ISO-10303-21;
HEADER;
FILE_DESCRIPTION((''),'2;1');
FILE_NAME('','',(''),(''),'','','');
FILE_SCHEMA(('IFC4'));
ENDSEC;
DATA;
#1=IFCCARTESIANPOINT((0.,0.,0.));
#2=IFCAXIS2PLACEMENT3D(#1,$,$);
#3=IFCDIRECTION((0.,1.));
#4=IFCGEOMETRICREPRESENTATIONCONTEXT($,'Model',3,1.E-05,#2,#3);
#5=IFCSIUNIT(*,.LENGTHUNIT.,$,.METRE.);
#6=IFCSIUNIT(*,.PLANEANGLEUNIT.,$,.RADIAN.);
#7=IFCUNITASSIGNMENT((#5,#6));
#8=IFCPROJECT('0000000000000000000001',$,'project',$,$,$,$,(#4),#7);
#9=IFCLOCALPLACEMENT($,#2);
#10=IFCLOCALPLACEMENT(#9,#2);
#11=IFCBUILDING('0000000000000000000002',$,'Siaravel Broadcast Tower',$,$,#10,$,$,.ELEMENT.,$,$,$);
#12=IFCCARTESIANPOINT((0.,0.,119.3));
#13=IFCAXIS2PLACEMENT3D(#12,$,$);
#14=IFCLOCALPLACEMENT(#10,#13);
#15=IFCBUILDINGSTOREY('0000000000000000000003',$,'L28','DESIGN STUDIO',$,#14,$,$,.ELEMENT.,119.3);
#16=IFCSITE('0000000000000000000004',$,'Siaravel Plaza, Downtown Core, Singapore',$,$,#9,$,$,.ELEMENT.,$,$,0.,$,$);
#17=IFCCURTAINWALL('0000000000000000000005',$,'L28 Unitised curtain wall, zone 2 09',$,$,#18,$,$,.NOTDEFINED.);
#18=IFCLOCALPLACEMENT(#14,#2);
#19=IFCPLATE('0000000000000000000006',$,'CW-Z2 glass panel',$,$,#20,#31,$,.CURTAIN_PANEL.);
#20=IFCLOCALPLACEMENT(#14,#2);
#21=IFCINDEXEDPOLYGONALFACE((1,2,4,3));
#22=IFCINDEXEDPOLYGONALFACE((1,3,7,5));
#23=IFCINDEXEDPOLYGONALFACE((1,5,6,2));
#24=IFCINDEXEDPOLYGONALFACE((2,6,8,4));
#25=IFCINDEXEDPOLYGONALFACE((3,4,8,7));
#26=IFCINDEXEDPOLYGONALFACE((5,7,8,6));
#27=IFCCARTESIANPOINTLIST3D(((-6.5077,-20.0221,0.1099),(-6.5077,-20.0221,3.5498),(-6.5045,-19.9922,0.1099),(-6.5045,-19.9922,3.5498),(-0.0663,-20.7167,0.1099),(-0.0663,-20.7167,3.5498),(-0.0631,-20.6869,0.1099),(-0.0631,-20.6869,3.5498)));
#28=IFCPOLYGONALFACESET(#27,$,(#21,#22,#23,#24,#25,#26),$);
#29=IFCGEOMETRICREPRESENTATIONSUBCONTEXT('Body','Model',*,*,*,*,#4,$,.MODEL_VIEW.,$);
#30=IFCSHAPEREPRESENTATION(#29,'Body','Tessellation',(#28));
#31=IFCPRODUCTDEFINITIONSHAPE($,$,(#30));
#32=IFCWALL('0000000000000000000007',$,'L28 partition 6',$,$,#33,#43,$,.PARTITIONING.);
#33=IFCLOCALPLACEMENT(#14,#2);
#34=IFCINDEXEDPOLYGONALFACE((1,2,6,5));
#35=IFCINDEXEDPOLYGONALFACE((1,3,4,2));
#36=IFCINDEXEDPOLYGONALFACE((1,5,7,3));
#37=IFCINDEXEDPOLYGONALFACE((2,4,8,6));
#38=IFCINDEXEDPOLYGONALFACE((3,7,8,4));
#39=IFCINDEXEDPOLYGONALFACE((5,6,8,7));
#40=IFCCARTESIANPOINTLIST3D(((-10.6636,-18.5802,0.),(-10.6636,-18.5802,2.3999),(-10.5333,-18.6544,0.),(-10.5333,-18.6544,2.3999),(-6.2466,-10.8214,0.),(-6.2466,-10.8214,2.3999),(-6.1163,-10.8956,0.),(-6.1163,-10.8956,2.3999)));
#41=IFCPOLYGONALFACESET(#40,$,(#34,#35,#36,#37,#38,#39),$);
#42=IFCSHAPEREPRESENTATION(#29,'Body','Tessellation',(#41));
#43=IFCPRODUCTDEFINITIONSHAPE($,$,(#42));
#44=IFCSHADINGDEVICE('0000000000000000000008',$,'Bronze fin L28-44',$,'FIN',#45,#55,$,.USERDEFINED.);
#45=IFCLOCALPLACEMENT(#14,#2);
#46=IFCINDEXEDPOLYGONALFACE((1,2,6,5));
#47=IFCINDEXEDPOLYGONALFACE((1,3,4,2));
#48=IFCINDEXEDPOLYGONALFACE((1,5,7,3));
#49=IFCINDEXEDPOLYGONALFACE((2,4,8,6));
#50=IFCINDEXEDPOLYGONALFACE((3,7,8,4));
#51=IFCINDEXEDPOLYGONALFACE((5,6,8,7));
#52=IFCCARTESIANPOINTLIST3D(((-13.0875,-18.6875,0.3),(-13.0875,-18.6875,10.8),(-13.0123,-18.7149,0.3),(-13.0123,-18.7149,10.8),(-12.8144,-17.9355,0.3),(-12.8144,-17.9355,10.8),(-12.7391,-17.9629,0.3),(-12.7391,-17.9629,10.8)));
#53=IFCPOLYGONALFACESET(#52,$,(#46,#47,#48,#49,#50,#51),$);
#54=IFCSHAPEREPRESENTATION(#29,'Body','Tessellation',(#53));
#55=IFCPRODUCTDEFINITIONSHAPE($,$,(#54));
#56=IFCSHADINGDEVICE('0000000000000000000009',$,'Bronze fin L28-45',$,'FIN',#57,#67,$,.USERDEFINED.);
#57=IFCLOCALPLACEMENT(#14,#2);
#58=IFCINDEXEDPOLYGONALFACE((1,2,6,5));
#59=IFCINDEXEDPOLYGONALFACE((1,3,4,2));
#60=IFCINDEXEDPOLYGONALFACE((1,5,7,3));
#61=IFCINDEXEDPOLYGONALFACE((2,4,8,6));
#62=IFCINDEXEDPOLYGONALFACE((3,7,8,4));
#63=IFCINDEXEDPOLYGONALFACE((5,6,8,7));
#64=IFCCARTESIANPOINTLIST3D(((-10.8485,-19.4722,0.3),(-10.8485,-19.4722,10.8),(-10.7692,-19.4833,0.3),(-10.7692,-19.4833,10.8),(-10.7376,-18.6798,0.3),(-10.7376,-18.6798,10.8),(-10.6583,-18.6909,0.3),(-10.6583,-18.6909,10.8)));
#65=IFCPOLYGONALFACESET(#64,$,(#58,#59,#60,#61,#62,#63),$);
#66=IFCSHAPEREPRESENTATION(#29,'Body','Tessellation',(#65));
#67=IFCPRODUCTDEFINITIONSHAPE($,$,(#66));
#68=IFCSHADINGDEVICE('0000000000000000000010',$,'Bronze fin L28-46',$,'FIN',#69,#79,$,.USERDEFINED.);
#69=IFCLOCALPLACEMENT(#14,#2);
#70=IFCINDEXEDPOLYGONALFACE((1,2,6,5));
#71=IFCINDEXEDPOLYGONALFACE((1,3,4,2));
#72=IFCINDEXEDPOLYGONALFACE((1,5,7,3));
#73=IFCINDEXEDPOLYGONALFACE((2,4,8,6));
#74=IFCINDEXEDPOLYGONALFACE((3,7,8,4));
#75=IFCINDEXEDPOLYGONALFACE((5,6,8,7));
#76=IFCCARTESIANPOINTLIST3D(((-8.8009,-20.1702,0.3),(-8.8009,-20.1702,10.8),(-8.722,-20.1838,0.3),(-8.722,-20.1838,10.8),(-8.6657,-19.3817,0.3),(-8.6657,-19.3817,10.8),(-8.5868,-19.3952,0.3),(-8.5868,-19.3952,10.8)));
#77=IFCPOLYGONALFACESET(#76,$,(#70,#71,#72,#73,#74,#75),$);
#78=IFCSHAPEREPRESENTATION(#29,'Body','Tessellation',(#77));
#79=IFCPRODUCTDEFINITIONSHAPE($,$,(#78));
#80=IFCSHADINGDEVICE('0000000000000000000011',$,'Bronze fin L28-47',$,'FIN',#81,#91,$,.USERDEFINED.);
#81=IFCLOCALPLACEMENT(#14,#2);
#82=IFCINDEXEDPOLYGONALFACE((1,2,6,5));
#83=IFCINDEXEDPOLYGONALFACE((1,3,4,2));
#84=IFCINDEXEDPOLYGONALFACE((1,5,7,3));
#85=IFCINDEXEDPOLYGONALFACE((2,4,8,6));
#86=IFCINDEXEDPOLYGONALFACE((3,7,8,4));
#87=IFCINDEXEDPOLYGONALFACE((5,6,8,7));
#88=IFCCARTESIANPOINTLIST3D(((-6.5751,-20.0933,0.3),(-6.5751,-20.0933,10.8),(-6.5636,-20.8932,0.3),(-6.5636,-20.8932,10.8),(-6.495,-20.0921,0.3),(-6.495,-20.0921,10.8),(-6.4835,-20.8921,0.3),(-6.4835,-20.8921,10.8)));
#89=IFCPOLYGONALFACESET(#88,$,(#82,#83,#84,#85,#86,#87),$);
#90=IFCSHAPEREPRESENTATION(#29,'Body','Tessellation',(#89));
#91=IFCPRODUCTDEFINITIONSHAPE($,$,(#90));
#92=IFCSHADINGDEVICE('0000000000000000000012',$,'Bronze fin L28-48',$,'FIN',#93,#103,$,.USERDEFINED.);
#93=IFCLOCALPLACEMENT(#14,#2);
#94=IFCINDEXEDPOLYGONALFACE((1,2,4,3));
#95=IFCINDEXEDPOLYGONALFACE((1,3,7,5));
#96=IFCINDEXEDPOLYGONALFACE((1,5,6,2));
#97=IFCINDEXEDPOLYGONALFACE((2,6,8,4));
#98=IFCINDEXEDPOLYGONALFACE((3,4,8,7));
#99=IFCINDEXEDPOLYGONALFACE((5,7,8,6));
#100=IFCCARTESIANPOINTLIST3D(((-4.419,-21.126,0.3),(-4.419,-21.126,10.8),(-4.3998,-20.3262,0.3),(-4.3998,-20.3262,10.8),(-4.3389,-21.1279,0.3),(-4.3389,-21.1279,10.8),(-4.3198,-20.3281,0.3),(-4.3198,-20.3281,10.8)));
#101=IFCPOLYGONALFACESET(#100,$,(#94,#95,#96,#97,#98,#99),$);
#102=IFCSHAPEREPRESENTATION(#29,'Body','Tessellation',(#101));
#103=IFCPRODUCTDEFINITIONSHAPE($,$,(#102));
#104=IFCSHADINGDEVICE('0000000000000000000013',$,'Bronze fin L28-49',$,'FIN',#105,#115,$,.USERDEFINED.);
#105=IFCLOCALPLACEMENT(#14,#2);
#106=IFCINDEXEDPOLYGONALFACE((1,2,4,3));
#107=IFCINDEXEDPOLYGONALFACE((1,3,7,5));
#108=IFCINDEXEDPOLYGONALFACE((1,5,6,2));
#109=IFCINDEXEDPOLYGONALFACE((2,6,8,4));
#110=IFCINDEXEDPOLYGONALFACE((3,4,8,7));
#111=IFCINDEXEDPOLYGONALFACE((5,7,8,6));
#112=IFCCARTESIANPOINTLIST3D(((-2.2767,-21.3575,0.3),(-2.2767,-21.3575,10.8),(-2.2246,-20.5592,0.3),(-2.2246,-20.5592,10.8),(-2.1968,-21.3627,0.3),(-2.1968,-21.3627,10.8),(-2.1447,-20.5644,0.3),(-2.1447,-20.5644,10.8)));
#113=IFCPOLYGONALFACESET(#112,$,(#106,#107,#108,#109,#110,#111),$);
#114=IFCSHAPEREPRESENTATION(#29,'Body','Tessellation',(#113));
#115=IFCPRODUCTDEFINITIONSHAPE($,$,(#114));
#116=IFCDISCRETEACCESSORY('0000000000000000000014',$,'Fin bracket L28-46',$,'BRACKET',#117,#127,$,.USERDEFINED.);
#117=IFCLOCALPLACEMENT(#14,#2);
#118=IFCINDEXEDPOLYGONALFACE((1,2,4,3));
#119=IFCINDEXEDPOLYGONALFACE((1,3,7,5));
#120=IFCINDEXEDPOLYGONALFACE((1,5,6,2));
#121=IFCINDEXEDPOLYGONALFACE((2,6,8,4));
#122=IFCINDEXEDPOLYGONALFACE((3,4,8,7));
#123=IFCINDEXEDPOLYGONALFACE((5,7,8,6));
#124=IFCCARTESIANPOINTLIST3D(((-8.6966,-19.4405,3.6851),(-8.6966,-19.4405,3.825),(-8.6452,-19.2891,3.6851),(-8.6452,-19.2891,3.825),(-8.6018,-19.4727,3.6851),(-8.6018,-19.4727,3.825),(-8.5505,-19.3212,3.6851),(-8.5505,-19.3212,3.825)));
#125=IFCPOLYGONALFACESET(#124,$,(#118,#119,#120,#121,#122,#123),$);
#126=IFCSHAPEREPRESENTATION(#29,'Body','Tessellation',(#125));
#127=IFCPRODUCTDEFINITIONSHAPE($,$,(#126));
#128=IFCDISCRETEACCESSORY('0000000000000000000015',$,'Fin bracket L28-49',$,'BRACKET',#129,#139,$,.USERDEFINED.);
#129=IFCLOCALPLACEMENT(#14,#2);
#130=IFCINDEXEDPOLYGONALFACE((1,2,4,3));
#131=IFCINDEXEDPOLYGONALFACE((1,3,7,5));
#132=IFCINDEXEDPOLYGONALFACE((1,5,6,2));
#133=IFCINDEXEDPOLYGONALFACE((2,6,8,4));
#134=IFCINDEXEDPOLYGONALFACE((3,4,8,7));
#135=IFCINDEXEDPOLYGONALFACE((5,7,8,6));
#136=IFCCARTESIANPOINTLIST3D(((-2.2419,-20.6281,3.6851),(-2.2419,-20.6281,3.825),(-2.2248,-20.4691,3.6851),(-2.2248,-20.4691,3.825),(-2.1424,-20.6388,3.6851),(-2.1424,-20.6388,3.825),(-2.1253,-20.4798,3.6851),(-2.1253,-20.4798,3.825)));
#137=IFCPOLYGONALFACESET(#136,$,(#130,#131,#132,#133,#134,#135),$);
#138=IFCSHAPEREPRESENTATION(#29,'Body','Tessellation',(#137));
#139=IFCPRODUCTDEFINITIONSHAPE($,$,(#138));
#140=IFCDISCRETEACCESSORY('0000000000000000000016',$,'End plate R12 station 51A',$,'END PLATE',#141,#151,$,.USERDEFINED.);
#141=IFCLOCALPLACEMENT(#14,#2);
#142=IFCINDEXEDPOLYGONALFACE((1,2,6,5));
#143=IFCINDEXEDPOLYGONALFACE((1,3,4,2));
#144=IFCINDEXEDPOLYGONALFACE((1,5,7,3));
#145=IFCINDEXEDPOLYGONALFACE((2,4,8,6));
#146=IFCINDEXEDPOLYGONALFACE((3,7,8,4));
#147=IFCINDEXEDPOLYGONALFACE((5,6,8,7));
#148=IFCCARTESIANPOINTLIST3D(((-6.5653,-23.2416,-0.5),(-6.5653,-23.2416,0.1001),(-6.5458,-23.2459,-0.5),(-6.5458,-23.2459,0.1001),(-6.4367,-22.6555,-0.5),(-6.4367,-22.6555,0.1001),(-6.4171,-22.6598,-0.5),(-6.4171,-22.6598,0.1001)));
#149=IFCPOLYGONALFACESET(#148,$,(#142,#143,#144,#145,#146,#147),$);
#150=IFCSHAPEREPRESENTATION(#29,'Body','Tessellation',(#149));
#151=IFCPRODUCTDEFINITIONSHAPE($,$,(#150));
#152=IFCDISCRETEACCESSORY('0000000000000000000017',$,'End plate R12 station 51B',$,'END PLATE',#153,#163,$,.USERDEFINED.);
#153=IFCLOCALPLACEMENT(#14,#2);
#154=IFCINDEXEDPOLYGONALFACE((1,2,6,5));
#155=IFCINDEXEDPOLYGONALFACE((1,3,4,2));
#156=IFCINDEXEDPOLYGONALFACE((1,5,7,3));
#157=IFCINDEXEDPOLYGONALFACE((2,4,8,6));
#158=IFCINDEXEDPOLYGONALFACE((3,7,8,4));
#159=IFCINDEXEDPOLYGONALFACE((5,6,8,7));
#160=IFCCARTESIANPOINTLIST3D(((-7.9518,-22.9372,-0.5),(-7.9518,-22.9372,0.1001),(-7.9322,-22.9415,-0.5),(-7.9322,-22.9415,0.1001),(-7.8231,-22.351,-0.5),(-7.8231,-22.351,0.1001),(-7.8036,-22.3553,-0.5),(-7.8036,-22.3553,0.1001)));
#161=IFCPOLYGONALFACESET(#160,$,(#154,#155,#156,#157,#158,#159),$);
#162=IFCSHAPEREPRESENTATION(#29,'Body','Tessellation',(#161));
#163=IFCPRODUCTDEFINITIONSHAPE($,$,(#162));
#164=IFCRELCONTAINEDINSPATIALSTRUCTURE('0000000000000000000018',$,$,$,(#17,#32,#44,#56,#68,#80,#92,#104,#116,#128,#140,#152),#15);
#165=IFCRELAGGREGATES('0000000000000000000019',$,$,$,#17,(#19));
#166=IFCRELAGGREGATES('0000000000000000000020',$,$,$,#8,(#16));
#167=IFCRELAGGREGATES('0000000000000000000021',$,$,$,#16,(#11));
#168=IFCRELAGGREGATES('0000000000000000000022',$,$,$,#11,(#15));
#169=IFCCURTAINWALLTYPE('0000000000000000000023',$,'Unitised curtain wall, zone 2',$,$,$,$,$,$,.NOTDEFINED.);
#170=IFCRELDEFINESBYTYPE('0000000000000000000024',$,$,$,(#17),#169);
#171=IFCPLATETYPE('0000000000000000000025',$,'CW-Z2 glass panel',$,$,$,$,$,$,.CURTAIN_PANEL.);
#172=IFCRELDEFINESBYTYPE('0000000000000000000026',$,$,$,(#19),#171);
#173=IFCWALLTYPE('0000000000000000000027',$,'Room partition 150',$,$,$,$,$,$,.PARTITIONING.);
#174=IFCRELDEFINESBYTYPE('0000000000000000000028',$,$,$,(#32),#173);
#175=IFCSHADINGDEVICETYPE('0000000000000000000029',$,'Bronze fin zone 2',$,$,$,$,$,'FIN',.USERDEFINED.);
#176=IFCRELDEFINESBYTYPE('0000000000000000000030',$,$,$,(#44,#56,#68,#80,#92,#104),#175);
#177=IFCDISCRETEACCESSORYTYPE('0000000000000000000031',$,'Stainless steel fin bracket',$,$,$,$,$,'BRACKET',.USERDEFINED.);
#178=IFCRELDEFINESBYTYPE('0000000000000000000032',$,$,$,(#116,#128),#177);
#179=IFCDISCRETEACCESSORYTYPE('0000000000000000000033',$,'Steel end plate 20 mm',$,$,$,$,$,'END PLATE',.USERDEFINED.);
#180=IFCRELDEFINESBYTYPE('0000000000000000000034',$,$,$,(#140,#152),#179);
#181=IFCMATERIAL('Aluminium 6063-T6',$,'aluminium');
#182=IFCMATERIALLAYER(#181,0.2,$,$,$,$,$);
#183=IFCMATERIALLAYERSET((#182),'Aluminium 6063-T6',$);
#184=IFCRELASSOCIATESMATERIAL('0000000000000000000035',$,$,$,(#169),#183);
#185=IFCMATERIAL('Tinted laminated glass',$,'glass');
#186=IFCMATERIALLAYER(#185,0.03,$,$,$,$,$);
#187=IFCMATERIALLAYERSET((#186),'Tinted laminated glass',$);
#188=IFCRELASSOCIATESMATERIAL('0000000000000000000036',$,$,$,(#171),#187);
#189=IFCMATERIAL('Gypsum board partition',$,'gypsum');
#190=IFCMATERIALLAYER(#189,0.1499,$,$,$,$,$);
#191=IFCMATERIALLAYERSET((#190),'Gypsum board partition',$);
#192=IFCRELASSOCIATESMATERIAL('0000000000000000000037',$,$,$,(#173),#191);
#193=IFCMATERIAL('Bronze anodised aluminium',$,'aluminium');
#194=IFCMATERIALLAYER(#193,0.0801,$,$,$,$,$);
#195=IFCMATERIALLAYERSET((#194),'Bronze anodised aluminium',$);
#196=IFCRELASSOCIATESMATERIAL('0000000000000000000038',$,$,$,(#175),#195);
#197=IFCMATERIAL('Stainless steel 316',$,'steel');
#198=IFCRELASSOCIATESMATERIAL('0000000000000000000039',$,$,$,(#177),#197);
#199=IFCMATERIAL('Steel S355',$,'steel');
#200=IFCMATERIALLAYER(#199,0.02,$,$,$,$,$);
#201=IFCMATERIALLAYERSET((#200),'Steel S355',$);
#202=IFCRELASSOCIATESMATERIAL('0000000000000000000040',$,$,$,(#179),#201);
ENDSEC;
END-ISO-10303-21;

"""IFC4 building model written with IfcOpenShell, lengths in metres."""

from ifc_helpers import new_model, si_unit, direction, frame, frame_2d, origin, origin_2d, place, context, subcontext, project, spatial, rectangle, extrude, material, layer, layer_set, type_object, element, aggregate, save


model = new_model("IFC4")

# Units and contexts
model_context = context("Model", 3, precision=1e-05, world=origin(), true_north=direction((0.0, 1.0)))
body_context = subcontext(model_context, "Body", "Model", "MODEL_VIEW")
ifc_project = project(units=[si_unit("LENGTHUNIT", "METRE"), si_unit("PLANEANGLEUNIT", "RADIAN")], contexts=[model_context])

# Site, building, storey
site_placement = place(None, origin())
site = spatial("IfcSite", under=ifc_project, at=site_placement, Name="Siaravel Plaza, Downtown Core, Singapore", CompositionType="ELEMENT", RefElevation=0.0)
building_placement = place(site_placement, origin())
building = spatial("IfcBuilding", under=site, at=building_placement, Name="Siaravel Broadcast Tower", CompositionType="ELEMENT")
storey_placement = place(building_placement, frame((0.0, 0.0, 119.3)))
storey = spatial("IfcBuildingStorey", under=building, at=storey_placement, Name="L28", Description="DESIGN STUDIO", CompositionType="ELEMENT", Elevation=119.3)

# Shared definitions
ifc_material_1 = material(Name="Steel S355", Category="steel")

# Shared definitions
ifc_material_2 = material(Name="Aluminium 6063-T6", Category="aluminium")
ifc_layer_1 = layer(ifc_material_2, 0.2)
ifc_layer_set_1 = layer_set([ifc_layer_1], Name="Aluminium 6063-T6")
curtain_wall_type = type_object("IfcCurtainWallType", Name="Unitised curtain wall, zone 2", PredefinedType="NOTDEFINED", material=ifc_layer_set_1)

# Curtain wall
curtain_wall_1_placement = place(storey_placement, origin())
curtain_wall_1 = element("IfcCurtainWall", 1, at=curtain_wall_1_placement, inside=storey, type_object=curtain_wall_type, Name="L28 Unitised curtain wall, zone 2 09", PredefinedType="NOTDEFINED")

# Plate
ifc_material_3 = material(Name="Tinted laminated glass", Category="glass")
ifc_layer_2 = layer(ifc_material_3, 0.03)
ifc_layer_set_2 = layer_set([ifc_layer_2], Name="Tinted laminated glass")
plate_type = type_object("IfcPlateType", Name="CW-Z2 glass panel", PredefinedType="CURTAIN_PANEL", material=ifc_layer_set_2)
plate_1_placement = place(storey_placement, frame((-3.2854, -20.3545, 0.1099), z_axis=(0.0, 0.0, 1.0), x_axis=(0.994236, -0.107217, 0.0)))
plate_1 = element("IfcPlate", 2, at=plate_1_placement, type_object=plate_type, Name="CW-Z2 glass panel", PredefinedType="CURTAIN_PANEL", context=body_context, shape_type="SweptSolid", body=[
    extrude(rectangle(XDim=6.4788, YDim=0.03, at=origin_2d()), origin(), (0.0, 0.0, 1.0), 3.4399),
])
aggregate(curtain_wall_1, [plate_1])

# Wall
ifc_material_4 = material(Name="Gypsum board partition", Category="gypsum")
ifc_layer_3 = layer(ifc_material_4, 0.1499)
ifc_layer_set_3 = layer_set([ifc_layer_3], Name="Gypsum board partition")
wall_type = type_object("IfcWallType", Name="Room partition 150", PredefinedType="PARTITIONING", material=ifc_layer_set_3)
wall_placement = place(storey_placement, frame((-10.5984, -18.6172, 0.0), z_axis=(0.0, 0.0, 1.0), x_axis=(0.494737, 0.869043, 0.0)))
element("IfcWall", 3, at=wall_placement, inside=storey, type_object=wall_type, Name="L28 partition 6", PredefinedType="PARTITIONING", context=body_context, shape_type="SweptSolid", body=[
    extrude(rectangle(XDim=8.928, YDim=0.1499, at=frame_2d((4.4639, 0.0))), origin(), (0.0, 0.0, 1.0), 2.3999),
])

# Shading devices
ifc_material_5 = material(Name="Bronze anodised aluminium", Category="aluminium")
ifc_layer_4 = layer(ifc_material_5, 0.0801)
ifc_layer_set_4 = layer_set([ifc_layer_4], Name="Bronze anodised aluminium")
shading_device_type = type_object("IfcShadingDeviceType", Name="Bronze fin zone 2", ElementType="FIN", PredefinedType="USERDEFINED", material=ifc_layer_set_4)
for number, where, z_axis, x_axis, name in (
    (4, (-12.9133, -18.3252, 0.3), (0.0, 0.0, 1.0), (-0.341431, -0.939907, 0.0), "Bronze fin L28-44"),
    (5, (-10.7534, -19.0815, 0.3), (0.0, 0.0, 1.0), (-0.138573, -0.990352, 0.0), "Bronze fin L28-45"),
    (6, (-8.6938, -19.7827, 0.3), (0.0, 0.0, 1.0), (-0.168949, -0.985625, 0.0), "Bronze fin L28-46"),
    (7, (-6.5293, -20.4927, 0.3), (0.0, 0.0, 1.0), (0.014447, -0.999896, 0.0), "Bronze fin L28-47"),
    (8, (-4.3694, -20.7271, 0.3), (0.0, 0.0, 1.0), (-0.02397, -0.999713, 0.0), "Bronze fin L28-48"),
    (9, (-2.2107, -20.9609, 0.3), (0.0, 0.0, 1.0), (-0.06517, -0.997874, 0.0), "Bronze fin L28-49"),
):
    element("IfcShadingDevice", number, at=place(storey_placement, frame(where, z_axis=z_axis, x_axis=x_axis)), inside=storey, type_object=shading_device_type, Name=name, ObjectType="FIN", PredefinedType="USERDEFINED", context=body_context, shape_type="SweptSolid", body=[
        extrude(rectangle(XDim=0.8, YDim=0.0801, at=origin_2d()), origin(), (0.0, 0.0, 1.0), 10.5),
    ])

# Discrete accessories
ifc_material_6 = material(Name="Stainless steel 316", Category="steel")
discrete_accessory_type_1 = type_object("IfcDiscreteAccessoryType", Name="Stainless steel fin bracket", ElementType="BRACKET", PredefinedType="USERDEFINED", material=ifc_material_6)
for number, where, z_axis, x_axis, name in (
    (10, (-8.6235, -19.3809, 3.6851), (0.0, 0.0, 1.0), (-0.321301, -0.946977, 0.0), "Fin bracket L28-46"),
    (11, (-2.1836, -20.554, 3.6851), (0.0, 0.0, 1.0), (-0.107217, -0.994236, 0.0), "Fin bracket L28-49"),
):
    element("IfcDiscreteAccessory", number, at=place(storey_placement, frame(where, z_axis=z_axis, x_axis=x_axis)), inside=storey, type_object=discrete_accessory_type_1, Name=name, ObjectType="BRACKET", PredefinedType="USERDEFINED", context=body_context, shape_type="SweptSolid", body=[
        extrude(rectangle(XDim=0.1599, YDim=0.1001, at=origin_2d()), origin(), (0.0, 0.0, 1.0), 0.1399),
    ])
ifc_layer_5 = layer(ifc_material_1, 0.02)
ifc_layer_set_5 = layer_set([ifc_layer_5], Name="Steel S355")
discrete_accessory_type_2 = type_object("IfcDiscreteAccessoryType", Name="Steel end plate 20 mm", ElementType="END PLATE", PredefinedType="USERDEFINED", material=ifc_layer_set_5)
for number, where, z_axis, x_axis, name in (
    (12, (-6.4912, -22.9507, -0.5), (0.0, 0.0, 1.0), (0.976751, -0.214377, 0.0), "End plate R12 station 51A"),
    (13, (-7.8777, -22.6462, -0.5), (0.0, 0.0, 1.0), (0.976751, -0.214377, 0.0), "End plate R12 station 51B"),
):
    element("IfcDiscreteAccessory", number, at=place(storey_placement, frame(where, z_axis=z_axis, x_axis=x_axis)), inside=storey, type_object=discrete_accessory_type_2, Name=name, ObjectType="END PLATE", PredefinedType="USERDEFINED", context=body_context, shape_type="SweptSolid", body=[
        extrude(rectangle(XDim=0.02, YDim=0.6001, at=origin_2d()), origin(), (0.0, 0.0, 1.0), 0.6001),
    ])

save(model, "model.ifc")
